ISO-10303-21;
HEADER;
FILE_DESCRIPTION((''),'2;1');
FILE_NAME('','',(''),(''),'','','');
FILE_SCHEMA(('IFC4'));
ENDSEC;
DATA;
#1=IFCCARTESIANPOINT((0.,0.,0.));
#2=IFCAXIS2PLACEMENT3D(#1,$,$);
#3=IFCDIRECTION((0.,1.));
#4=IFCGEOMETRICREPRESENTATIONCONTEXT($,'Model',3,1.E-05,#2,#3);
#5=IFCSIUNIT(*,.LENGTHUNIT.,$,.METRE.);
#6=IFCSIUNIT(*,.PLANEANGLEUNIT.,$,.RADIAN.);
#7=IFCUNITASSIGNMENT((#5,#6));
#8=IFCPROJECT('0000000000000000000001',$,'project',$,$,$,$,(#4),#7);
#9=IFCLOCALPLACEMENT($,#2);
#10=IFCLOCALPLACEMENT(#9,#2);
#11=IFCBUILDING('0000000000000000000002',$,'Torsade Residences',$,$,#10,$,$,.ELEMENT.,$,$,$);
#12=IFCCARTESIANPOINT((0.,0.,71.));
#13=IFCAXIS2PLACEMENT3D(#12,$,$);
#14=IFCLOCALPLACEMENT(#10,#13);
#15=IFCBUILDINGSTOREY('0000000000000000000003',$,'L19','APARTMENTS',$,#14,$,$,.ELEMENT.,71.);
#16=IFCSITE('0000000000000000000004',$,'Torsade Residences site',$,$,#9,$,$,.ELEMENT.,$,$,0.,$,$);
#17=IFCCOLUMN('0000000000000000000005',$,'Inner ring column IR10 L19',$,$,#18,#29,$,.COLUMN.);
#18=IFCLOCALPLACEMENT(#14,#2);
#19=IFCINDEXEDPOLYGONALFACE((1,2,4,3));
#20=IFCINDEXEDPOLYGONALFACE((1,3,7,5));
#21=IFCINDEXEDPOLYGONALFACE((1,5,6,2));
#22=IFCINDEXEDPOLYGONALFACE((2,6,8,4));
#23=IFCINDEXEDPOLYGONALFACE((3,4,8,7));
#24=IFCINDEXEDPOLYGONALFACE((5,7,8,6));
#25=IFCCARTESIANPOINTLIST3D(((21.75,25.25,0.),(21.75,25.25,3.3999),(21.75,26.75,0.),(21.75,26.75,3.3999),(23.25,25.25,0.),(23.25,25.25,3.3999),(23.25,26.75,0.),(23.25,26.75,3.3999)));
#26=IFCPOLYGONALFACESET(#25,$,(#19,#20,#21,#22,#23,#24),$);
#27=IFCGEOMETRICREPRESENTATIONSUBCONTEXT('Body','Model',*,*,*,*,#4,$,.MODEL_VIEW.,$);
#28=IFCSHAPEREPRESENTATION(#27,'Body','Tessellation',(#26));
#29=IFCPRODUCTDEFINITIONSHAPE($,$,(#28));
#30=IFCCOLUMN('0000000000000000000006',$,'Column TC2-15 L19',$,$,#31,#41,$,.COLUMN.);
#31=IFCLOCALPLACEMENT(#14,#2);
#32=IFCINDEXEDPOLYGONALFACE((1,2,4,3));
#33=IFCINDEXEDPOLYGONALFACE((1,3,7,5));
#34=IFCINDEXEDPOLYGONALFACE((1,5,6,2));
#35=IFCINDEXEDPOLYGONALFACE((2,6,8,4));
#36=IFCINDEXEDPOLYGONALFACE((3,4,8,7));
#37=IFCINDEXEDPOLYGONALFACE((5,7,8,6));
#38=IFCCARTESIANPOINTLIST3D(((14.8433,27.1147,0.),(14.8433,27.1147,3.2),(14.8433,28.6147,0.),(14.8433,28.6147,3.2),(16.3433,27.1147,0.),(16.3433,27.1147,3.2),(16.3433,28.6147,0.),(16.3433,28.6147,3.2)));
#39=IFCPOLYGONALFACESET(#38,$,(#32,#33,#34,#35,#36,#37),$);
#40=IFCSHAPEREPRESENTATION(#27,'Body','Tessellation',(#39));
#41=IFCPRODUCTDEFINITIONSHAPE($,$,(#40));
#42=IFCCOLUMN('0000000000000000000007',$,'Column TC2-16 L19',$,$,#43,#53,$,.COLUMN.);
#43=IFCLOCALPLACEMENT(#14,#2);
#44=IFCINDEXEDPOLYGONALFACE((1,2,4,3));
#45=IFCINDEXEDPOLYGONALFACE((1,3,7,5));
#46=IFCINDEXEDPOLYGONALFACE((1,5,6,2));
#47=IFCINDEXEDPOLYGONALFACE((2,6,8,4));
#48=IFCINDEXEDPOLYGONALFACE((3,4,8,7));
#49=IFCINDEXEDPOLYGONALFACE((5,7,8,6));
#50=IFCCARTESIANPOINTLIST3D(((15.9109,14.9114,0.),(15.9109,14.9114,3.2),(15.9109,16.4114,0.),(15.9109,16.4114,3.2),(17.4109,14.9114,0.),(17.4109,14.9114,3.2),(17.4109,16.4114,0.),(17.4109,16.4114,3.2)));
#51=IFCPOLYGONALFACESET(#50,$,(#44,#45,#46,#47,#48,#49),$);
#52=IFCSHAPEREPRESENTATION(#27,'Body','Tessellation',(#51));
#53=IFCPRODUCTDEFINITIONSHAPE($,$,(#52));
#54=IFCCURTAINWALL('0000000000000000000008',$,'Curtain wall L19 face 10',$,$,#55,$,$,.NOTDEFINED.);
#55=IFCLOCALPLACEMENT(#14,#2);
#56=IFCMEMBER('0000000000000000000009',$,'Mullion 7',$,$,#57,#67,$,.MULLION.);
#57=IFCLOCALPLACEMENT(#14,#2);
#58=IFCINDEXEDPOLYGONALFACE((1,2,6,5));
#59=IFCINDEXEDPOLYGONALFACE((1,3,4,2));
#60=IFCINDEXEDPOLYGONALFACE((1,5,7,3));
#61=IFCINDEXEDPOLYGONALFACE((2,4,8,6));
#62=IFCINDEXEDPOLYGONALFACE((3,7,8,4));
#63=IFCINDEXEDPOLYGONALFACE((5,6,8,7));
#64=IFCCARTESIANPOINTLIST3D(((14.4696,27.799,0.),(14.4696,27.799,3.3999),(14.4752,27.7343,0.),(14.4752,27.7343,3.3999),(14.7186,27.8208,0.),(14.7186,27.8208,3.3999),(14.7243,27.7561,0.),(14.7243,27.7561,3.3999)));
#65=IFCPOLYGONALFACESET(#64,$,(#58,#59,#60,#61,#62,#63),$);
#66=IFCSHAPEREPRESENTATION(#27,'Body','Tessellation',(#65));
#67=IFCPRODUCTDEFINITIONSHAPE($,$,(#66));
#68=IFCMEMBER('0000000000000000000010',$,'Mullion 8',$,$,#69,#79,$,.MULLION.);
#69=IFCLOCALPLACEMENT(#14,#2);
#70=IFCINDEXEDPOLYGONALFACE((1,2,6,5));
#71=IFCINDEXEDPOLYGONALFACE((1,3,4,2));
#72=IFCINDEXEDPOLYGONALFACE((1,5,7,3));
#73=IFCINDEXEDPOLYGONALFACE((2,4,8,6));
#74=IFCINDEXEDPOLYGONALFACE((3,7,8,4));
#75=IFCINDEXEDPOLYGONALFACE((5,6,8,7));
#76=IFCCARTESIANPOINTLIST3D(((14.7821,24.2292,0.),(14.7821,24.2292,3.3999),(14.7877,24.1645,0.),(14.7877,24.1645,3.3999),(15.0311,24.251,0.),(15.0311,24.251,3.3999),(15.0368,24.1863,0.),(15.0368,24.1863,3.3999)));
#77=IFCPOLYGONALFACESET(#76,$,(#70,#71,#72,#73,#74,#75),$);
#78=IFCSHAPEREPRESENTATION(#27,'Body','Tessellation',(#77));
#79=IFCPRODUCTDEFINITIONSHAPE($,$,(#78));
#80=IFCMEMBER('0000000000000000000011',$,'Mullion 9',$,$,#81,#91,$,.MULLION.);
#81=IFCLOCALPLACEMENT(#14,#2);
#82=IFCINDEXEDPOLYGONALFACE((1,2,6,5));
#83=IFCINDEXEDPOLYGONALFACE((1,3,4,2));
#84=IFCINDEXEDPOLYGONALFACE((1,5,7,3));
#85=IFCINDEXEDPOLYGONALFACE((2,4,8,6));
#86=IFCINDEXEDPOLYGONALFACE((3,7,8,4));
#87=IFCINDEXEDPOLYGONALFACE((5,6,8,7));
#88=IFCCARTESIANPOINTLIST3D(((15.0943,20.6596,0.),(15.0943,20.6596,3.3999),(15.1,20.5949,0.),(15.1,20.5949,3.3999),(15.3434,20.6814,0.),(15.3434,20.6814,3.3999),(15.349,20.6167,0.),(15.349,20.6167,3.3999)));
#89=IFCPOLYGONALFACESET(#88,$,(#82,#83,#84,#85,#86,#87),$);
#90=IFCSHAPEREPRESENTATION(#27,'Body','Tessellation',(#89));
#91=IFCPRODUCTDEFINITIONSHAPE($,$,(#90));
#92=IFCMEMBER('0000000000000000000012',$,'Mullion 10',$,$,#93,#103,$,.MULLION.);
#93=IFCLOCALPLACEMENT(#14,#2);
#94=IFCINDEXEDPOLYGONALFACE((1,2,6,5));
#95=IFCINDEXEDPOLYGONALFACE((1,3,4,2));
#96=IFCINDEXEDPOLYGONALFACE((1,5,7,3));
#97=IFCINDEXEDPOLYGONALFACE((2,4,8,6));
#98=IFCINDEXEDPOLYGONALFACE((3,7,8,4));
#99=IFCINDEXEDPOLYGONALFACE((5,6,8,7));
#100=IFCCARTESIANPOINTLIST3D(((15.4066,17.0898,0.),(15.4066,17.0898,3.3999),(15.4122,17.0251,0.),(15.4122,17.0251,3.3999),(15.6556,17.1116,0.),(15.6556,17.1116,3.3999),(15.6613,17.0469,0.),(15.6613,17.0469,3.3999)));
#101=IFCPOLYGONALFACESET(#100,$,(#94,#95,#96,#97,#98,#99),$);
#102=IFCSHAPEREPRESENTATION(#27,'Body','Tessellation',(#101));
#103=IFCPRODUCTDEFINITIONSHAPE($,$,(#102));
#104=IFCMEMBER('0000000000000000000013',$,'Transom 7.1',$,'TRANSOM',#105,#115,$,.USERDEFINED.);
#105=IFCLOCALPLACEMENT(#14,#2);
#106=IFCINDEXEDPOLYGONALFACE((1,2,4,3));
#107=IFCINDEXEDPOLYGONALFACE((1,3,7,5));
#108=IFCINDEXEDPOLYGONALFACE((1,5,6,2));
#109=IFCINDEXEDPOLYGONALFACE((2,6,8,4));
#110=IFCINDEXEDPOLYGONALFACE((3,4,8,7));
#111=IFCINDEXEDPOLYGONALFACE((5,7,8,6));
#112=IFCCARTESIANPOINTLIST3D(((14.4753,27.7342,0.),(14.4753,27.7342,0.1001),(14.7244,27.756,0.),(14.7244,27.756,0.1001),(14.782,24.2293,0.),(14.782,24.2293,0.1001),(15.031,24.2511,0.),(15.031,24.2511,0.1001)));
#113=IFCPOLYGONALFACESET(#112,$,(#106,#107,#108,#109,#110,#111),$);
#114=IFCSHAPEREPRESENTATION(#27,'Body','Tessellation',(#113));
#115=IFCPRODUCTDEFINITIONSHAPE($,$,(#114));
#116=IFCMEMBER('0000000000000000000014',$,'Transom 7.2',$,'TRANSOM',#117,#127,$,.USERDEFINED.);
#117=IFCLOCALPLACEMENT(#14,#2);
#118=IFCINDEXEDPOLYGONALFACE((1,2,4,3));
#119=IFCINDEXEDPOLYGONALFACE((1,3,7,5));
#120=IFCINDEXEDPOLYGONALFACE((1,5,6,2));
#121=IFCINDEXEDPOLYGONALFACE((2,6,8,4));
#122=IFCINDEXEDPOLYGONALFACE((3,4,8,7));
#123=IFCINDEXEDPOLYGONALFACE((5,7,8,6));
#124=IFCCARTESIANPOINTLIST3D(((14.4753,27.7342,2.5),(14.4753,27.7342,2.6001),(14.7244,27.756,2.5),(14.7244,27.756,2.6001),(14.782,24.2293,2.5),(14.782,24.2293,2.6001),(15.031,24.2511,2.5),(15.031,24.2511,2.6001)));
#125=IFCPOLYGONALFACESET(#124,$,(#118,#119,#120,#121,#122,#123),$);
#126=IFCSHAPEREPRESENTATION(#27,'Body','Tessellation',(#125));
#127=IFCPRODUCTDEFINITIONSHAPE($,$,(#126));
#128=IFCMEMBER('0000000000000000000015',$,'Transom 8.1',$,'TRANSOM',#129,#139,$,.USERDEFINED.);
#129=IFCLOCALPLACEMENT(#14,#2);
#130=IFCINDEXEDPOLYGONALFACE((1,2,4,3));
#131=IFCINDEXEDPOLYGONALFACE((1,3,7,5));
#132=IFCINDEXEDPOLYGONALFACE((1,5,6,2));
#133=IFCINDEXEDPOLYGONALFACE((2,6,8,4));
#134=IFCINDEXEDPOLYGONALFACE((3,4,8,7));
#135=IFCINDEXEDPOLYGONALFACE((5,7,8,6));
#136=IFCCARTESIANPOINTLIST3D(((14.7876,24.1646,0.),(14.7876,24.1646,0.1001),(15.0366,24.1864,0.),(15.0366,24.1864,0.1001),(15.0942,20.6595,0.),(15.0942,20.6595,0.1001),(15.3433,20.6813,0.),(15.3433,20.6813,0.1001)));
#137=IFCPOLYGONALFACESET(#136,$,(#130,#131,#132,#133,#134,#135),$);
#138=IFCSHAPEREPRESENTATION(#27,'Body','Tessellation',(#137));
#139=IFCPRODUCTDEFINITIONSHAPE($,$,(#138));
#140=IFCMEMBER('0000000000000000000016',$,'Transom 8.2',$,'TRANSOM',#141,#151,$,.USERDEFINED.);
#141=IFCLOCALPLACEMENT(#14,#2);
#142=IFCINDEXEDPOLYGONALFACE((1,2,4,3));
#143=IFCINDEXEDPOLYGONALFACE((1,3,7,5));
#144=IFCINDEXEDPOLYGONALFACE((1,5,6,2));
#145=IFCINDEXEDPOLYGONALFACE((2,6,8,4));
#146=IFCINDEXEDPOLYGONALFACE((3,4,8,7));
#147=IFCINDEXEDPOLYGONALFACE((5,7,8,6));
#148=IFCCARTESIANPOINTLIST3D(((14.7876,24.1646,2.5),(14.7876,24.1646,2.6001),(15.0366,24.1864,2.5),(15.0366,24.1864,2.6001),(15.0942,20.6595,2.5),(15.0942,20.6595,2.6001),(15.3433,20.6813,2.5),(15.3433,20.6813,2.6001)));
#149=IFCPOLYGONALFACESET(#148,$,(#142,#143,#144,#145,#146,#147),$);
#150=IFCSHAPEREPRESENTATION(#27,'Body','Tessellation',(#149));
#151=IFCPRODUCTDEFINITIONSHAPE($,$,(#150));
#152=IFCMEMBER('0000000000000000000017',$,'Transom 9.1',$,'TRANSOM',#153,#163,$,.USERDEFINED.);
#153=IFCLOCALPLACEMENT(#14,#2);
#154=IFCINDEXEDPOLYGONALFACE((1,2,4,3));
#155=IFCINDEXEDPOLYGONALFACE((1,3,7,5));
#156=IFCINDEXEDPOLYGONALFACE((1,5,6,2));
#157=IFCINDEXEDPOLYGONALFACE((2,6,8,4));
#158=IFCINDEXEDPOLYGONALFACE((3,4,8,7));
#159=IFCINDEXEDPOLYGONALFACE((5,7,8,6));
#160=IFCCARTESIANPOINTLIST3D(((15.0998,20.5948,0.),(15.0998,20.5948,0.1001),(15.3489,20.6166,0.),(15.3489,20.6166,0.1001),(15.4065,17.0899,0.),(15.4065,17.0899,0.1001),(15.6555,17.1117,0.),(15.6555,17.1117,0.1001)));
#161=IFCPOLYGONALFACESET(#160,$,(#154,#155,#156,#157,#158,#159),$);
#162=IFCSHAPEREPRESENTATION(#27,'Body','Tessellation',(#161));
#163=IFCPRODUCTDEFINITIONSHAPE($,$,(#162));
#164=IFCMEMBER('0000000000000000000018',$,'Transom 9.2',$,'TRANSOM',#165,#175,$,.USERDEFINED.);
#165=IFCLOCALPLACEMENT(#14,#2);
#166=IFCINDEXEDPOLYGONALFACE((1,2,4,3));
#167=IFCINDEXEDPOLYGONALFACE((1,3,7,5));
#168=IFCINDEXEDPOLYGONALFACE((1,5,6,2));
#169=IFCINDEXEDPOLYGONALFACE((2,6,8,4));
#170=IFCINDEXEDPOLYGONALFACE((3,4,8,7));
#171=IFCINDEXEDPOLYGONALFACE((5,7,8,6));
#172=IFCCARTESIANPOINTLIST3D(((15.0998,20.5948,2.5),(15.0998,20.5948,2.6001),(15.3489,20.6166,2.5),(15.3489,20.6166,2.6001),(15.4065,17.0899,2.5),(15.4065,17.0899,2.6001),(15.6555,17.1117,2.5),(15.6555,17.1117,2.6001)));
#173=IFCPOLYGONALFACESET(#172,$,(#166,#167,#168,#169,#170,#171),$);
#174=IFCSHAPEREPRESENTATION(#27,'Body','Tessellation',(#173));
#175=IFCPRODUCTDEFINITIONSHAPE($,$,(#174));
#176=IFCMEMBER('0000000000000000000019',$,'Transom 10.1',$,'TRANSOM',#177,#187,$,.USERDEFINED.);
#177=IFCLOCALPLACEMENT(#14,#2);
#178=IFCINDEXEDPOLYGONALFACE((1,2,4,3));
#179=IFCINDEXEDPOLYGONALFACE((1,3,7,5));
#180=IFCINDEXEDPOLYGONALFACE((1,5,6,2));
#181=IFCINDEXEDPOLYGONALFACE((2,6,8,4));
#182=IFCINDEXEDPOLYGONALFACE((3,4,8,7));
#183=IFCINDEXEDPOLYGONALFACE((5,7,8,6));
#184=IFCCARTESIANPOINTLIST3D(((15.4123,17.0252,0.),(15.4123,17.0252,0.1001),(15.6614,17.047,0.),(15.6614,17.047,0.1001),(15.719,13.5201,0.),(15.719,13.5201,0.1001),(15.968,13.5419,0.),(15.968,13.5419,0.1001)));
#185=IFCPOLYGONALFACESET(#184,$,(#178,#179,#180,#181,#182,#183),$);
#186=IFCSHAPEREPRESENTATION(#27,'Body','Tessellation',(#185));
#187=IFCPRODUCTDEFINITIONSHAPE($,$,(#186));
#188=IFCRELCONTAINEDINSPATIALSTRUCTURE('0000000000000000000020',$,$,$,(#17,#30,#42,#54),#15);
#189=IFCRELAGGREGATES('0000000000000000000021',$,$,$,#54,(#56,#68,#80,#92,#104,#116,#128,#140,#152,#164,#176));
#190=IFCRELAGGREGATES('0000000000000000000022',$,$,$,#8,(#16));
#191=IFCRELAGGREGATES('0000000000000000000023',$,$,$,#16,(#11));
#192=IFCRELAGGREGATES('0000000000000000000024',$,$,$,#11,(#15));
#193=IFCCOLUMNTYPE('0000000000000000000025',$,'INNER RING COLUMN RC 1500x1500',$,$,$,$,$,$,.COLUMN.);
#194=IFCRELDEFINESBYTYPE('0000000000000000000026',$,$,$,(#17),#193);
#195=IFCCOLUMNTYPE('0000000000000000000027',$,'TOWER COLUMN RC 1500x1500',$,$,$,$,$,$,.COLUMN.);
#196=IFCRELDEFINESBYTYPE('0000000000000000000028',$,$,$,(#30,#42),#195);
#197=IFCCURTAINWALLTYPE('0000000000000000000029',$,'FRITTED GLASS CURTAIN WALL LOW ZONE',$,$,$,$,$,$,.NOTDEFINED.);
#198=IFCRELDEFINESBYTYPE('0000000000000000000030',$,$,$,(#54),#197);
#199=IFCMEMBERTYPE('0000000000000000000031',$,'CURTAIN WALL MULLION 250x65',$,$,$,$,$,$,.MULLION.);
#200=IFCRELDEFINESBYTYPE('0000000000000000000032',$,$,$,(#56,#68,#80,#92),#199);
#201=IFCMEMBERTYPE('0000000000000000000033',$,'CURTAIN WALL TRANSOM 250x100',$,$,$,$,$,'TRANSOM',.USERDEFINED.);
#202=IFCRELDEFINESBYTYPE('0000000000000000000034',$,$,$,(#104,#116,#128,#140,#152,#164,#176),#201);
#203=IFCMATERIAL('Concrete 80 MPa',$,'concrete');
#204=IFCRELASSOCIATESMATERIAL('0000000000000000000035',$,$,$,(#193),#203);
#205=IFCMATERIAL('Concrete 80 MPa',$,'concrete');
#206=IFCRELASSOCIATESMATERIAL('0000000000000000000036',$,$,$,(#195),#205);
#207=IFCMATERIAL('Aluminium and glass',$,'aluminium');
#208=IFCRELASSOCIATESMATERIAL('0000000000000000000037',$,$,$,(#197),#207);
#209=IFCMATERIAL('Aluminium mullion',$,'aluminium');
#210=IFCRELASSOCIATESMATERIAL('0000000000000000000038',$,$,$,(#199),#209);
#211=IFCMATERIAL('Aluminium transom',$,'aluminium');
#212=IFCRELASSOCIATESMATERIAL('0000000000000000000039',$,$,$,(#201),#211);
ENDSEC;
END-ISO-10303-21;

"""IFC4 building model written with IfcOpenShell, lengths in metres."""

from ifc_helpers import new_model, si_unit, direction, frame, origin, origin_2d, place, context, subcontext, project, spatial, rectangle, extrude, material, material_profile, profile_set, type_object, element, aggregate, save


model = new_model("IFC4")

# Units and contexts
model_context = context("Model", 3, precision=1e-05, world=origin(), true_north=direction((0.0, 1.0)))
body_context = subcontext(model_context, "Body", "Model", "MODEL_VIEW")
ifc_project = project(units=[si_unit("LENGTHUNIT", "METRE"), si_unit("PLANEANGLEUNIT", "RADIAN")], contexts=[model_context])

# Site, building, storey
site_placement = place(None, origin())
site = spatial("IfcSite", under=ifc_project, at=site_placement, Name="Torsade Residences site", CompositionType="ELEMENT", RefElevation=0.0)
building_placement = place(site_placement, origin())
building = spatial("IfcBuilding", under=site, at=building_placement, Name="Torsade Residences", CompositionType="ELEMENT")
storey_placement = place(building_placement, frame((0.0, 0.0, 71.0)))
storey = spatial("IfcBuildingStorey", under=building, at=storey_placement, Name="L19", Description="APARTMENTS", CompositionType="ELEMENT", Elevation=71.0)

# Columns
ifc_material_1 = material(Name="Concrete 80 MPa", Category="concrete")
ifc_material_profile_1 = material_profile(ifc_material_1, rectangle(XDim=1.5, YDim=1.5, at=origin_2d()), Name="RC 1500x1500")
ifc_profile_set_1 = profile_set([ifc_material_profile_1], Name="Concrete 80 MPa")
column_type_1 = type_object("IfcColumnType", Name="INNER RING COLUMN RC 1500x1500", PredefinedType="COLUMN", material=ifc_profile_set_1)
column_placement = place(storey_placement, frame((22.5, 26.0, 0.0), z_axis=(0.0, 0.0, 1.0), x_axis=(1.0, 0.0, 0.0)))
element("IfcColumn", 1, at=column_placement, inside=storey, type_object=column_type_1, Name="Inner ring column IR10 L19", PredefinedType="COLUMN", context=body_context, shape_type="SweptSolid", body=[
    extrude(rectangle(XDim=1.5, YDim=1.5, at=origin_2d()), origin(), (0.0, 0.0, 1.0), 3.3999),
])
ifc_material_2 = material(Name="Concrete 80 MPa", Category="concrete")
ifc_material_profile_2 = material_profile(ifc_material_2, rectangle(XDim=1.5, YDim=1.5, at=origin_2d()), Name="RC 1500x1500")
ifc_profile_set_2 = profile_set([ifc_material_profile_2], Name="Concrete 80 MPa")
column_type_2 = type_object("IfcColumnType", Name="TOWER COLUMN RC 1500x1500", PredefinedType="COLUMN", material=ifc_profile_set_2)
for number, where, z_axis, x_axis, name in (
    (2, (15.5933, 27.8647, 0.0), (0.0, 0.0, 1.0), (1.0, 0.0, 0.0), "Column TC2-15 L19"),
    (3, (16.6609, 15.6614, 0.0), (0.0, 0.0, 1.0), (1.0, 0.0, 0.0), "Column TC2-16 L19"),
):
    element("IfcColumn", number, at=place(storey_placement, frame(where, z_axis=z_axis, x_axis=x_axis)), inside=storey, type_object=column_type_2, Name=name, PredefinedType="COLUMN", context=body_context, shape_type="SweptSolid", body=[
        extrude(rectangle(XDim=1.5, YDim=1.5, at=origin_2d()), origin(), (0.0, 0.0, 1.0), 3.2),
    ])

# Curtain wall, members
ifc_material_3 = material(Name="Aluminium and glass", Category="aluminium")
curtain_wall_type = type_object("IfcCurtainWallType", Name="FRITTED GLASS CURTAIN WALL LOW ZONE", PredefinedType="NOTDEFINED", material=ifc_material_3)
curtain_wall_placement = place(storey_placement, origin())
curtain_wall = element("IfcCurtainWall", 4, at=curtain_wall_placement, inside=storey, type_object=curtain_wall_type, Name="Curtain wall L19 face 10", PredefinedType="NOTDEFINED")
ifc_material_4 = material(Name="Aluminium mullion", Category="aluminium")
ifc_material_profile_3 = material_profile(ifc_material_4, rectangle(XDim=0.25, YDim=0.0649, at=origin_2d()), Name="CURTAIN WALL MULLION 250x65")
ifc_profile_set_3 = profile_set([ifc_material_profile_3], Name="Aluminium mullion")
member_type_1 = type_object("IfcMemberType", Name="CURTAIN WALL MULLION 250x65", PredefinedType="MULLION", material=ifc_profile_set_3)
member_1_placement = place(storey_placement, frame((14.5969, 27.7776, 0.0), z_axis=(0.0, 0.0, 1.0), x_axis=(0.996195, 0.087156, 0.0)))
member_1 = element("IfcMember", 5, at=member_1_placement, type_object=member_type_1, Name="Mullion 7", PredefinedType="MULLION", context=body_context, shape_type="SweptSolid", body=[
    extrude(rectangle(XDim=0.25, YDim=0.0649, at=origin_2d()), origin(), (0.0, 0.0, 1.0), 3.3999),
])
member_2_placement = place(storey_placement, frame((14.9094, 24.2078, 0.0), z_axis=(0.0, 0.0, 1.0), x_axis=(0.996195, 0.087156, 0.0)))
member_2 = element("IfcMember", 6, at=member_2_placement, type_object=member_type_1, Name="Mullion 8", PredefinedType="MULLION", context=body_context, shape_type="SweptSolid", body=[
    extrude(rectangle(XDim=0.25, YDim=0.0649, at=origin_2d()), origin(), (0.0, 0.0, 1.0), 3.3999),
])
member_3_placement = place(storey_placement, frame((15.2217, 20.6382, 0.0), z_axis=(0.0, 0.0, 1.0), x_axis=(0.996195, 0.087156, 0.0)))
member_3 = element("IfcMember", 7, at=member_3_placement, type_object=member_type_1, Name="Mullion 9", PredefinedType="MULLION", context=body_context, shape_type="SweptSolid", body=[
    extrude(rectangle(XDim=0.25, YDim=0.0649, at=origin_2d()), origin(), (0.0, 0.0, 1.0), 3.3999),
])
member_4_placement = place(storey_placement, frame((15.5339, 17.0684, 0.0), z_axis=(0.0, 0.0, 1.0), x_axis=(0.996195, 0.087156, 0.0)))
member_4 = element("IfcMember", 8, at=member_4_placement, type_object=member_type_1, Name="Mullion 10", PredefinedType="MULLION", context=body_context, shape_type="SweptSolid", body=[
    extrude(rectangle(XDim=0.25, YDim=0.0649, at=origin_2d()), origin(), (0.0, 0.0, 1.0), 3.3999),
])
ifc_material_5 = material(Name="Aluminium transom", Category="aluminium")
ifc_material_profile_4 = material_profile(ifc_material_5, rectangle(XDim=0.25, YDim=0.1001, at=origin_2d()), Name="CURTAIN WALL TRANSOM 250x100")
ifc_profile_set_4 = profile_set([ifc_material_profile_4], Name="Aluminium transom")
member_type_2 = type_object("IfcMemberType", Name="CURTAIN WALL TRANSOM 250x100", ElementType="TRANSOM", PredefinedType="USERDEFINED", material=ifc_profile_set_4)
member_5_placement = place(storey_placement, frame((14.5999, 27.7451, 0.05), z_axis=(0.087157, -0.996195, 0.0), x_axis=(0.996195, 0.087157, 0.0)))
member_5 = element("IfcMember", 9, at=member_5_placement, type_object=member_type_2, Name="Transom 7.1", ObjectType="TRANSOM", PredefinedType="USERDEFINED", context=body_context, shape_type="SweptSolid", body=[
    extrude(rectangle(XDim=0.25, YDim=0.1001, at=origin_2d()), origin(), (0.0, 0.0, 1.0), 3.5183),
])
member_6_placement = place(storey_placement, frame((14.5999, 27.7451, 2.55), z_axis=(0.087157, -0.996195, 0.0), x_axis=(0.996195, 0.087157, 0.0)))
member_6 = element("IfcMember", 10, at=member_6_placement, type_object=member_type_2, Name="Transom 7.2", ObjectType="TRANSOM", PredefinedType="USERDEFINED", context=body_context, shape_type="SweptSolid", body=[
    extrude(rectangle(XDim=0.25, YDim=0.1001, at=origin_2d()), origin(), (0.0, 0.0, 1.0), 3.5183),
])
member_7_placement = place(storey_placement, frame((14.9121, 24.1755, 0.05), z_axis=(0.087151, -0.996195, 0.0), x_axis=(0.996195, 0.087151, 0.0)))
member_7 = element("IfcMember", 11, at=member_7_placement, type_object=member_type_2, Name="Transom 8.1", ObjectType="TRANSOM", PredefinedType="USERDEFINED", context=body_context, shape_type="SweptSolid", body=[
    extrude(rectangle(XDim=0.25, YDim=0.1001, at=origin_2d()), origin(), (0.0, 0.0, 1.0), 3.5186),
])
member_8_placement = place(storey_placement, frame((14.9121, 24.1755, 2.55), z_axis=(0.087151, -0.996195, 0.0), x_axis=(0.996195, 0.087151, 0.0)))
member_8 = element("IfcMember", 12, at=member_8_placement, type_object=member_type_2, Name="Transom 8.2", ObjectType="TRANSOM", PredefinedType="USERDEFINED", context=body_context, shape_type="SweptSolid", body=[
    extrude(rectangle(XDim=0.25, YDim=0.1001, at=origin_2d()), origin(), (0.0, 0.0, 1.0), 3.5186),
])
member_9_placement = place(storey_placement, frame((15.2244, 20.6057, 0.05), z_axis=(0.087157, -0.996195, 0.0), x_axis=(0.996195, 0.087157, 0.0)))
member_9 = element("IfcMember", 13, at=member_9_placement, type_object=member_type_2, Name="Transom 9.1", ObjectType="TRANSOM", PredefinedType="USERDEFINED", context=body_context, shape_type="SweptSolid", body=[
    extrude(rectangle(XDim=0.25, YDim=0.1001, at=origin_2d()), origin(), (0.0, 0.0, 1.0), 3.5183),
])
member_10_placement = place(storey_placement, frame((15.2244, 20.6057, 2.55), z_axis=(0.087157, -0.996195, 0.0), x_axis=(0.996195, 0.087157, 0.0)))
member_10 = element("IfcMember", 14, at=member_10_placement, type_object=member_type_2, Name="Transom 9.2", ObjectType="TRANSOM", PredefinedType="USERDEFINED", context=body_context, shape_type="SweptSolid", body=[
    extrude(rectangle(XDim=0.25, YDim=0.1001, at=origin_2d()), origin(), (0.0, 0.0, 1.0), 3.5183),
])
member_11_placement = place(storey_placement, frame((15.5369, 17.0361, 0.05), z_axis=(0.087151, -0.996195, 0.0), x_axis=(0.996195, 0.087151, 0.0)))
member_11 = element("IfcMember", 15, at=member_11_placement, type_object=member_type_2, Name="Transom 10.1", ObjectType="TRANSOM", PredefinedType="USERDEFINED", context=body_context, shape_type="SweptSolid", body=[
    extrude(rectangle(XDim=0.25, YDim=0.1001, at=origin_2d()), origin(), (0.0, 0.0, 1.0), 3.5186),
])

aggregate(curtain_wall, [member_1, member_2, member_3, member_4, member_5, member_6, member_7, member_8, member_9, member_10, member_11])

save(model, "model.ifc")
